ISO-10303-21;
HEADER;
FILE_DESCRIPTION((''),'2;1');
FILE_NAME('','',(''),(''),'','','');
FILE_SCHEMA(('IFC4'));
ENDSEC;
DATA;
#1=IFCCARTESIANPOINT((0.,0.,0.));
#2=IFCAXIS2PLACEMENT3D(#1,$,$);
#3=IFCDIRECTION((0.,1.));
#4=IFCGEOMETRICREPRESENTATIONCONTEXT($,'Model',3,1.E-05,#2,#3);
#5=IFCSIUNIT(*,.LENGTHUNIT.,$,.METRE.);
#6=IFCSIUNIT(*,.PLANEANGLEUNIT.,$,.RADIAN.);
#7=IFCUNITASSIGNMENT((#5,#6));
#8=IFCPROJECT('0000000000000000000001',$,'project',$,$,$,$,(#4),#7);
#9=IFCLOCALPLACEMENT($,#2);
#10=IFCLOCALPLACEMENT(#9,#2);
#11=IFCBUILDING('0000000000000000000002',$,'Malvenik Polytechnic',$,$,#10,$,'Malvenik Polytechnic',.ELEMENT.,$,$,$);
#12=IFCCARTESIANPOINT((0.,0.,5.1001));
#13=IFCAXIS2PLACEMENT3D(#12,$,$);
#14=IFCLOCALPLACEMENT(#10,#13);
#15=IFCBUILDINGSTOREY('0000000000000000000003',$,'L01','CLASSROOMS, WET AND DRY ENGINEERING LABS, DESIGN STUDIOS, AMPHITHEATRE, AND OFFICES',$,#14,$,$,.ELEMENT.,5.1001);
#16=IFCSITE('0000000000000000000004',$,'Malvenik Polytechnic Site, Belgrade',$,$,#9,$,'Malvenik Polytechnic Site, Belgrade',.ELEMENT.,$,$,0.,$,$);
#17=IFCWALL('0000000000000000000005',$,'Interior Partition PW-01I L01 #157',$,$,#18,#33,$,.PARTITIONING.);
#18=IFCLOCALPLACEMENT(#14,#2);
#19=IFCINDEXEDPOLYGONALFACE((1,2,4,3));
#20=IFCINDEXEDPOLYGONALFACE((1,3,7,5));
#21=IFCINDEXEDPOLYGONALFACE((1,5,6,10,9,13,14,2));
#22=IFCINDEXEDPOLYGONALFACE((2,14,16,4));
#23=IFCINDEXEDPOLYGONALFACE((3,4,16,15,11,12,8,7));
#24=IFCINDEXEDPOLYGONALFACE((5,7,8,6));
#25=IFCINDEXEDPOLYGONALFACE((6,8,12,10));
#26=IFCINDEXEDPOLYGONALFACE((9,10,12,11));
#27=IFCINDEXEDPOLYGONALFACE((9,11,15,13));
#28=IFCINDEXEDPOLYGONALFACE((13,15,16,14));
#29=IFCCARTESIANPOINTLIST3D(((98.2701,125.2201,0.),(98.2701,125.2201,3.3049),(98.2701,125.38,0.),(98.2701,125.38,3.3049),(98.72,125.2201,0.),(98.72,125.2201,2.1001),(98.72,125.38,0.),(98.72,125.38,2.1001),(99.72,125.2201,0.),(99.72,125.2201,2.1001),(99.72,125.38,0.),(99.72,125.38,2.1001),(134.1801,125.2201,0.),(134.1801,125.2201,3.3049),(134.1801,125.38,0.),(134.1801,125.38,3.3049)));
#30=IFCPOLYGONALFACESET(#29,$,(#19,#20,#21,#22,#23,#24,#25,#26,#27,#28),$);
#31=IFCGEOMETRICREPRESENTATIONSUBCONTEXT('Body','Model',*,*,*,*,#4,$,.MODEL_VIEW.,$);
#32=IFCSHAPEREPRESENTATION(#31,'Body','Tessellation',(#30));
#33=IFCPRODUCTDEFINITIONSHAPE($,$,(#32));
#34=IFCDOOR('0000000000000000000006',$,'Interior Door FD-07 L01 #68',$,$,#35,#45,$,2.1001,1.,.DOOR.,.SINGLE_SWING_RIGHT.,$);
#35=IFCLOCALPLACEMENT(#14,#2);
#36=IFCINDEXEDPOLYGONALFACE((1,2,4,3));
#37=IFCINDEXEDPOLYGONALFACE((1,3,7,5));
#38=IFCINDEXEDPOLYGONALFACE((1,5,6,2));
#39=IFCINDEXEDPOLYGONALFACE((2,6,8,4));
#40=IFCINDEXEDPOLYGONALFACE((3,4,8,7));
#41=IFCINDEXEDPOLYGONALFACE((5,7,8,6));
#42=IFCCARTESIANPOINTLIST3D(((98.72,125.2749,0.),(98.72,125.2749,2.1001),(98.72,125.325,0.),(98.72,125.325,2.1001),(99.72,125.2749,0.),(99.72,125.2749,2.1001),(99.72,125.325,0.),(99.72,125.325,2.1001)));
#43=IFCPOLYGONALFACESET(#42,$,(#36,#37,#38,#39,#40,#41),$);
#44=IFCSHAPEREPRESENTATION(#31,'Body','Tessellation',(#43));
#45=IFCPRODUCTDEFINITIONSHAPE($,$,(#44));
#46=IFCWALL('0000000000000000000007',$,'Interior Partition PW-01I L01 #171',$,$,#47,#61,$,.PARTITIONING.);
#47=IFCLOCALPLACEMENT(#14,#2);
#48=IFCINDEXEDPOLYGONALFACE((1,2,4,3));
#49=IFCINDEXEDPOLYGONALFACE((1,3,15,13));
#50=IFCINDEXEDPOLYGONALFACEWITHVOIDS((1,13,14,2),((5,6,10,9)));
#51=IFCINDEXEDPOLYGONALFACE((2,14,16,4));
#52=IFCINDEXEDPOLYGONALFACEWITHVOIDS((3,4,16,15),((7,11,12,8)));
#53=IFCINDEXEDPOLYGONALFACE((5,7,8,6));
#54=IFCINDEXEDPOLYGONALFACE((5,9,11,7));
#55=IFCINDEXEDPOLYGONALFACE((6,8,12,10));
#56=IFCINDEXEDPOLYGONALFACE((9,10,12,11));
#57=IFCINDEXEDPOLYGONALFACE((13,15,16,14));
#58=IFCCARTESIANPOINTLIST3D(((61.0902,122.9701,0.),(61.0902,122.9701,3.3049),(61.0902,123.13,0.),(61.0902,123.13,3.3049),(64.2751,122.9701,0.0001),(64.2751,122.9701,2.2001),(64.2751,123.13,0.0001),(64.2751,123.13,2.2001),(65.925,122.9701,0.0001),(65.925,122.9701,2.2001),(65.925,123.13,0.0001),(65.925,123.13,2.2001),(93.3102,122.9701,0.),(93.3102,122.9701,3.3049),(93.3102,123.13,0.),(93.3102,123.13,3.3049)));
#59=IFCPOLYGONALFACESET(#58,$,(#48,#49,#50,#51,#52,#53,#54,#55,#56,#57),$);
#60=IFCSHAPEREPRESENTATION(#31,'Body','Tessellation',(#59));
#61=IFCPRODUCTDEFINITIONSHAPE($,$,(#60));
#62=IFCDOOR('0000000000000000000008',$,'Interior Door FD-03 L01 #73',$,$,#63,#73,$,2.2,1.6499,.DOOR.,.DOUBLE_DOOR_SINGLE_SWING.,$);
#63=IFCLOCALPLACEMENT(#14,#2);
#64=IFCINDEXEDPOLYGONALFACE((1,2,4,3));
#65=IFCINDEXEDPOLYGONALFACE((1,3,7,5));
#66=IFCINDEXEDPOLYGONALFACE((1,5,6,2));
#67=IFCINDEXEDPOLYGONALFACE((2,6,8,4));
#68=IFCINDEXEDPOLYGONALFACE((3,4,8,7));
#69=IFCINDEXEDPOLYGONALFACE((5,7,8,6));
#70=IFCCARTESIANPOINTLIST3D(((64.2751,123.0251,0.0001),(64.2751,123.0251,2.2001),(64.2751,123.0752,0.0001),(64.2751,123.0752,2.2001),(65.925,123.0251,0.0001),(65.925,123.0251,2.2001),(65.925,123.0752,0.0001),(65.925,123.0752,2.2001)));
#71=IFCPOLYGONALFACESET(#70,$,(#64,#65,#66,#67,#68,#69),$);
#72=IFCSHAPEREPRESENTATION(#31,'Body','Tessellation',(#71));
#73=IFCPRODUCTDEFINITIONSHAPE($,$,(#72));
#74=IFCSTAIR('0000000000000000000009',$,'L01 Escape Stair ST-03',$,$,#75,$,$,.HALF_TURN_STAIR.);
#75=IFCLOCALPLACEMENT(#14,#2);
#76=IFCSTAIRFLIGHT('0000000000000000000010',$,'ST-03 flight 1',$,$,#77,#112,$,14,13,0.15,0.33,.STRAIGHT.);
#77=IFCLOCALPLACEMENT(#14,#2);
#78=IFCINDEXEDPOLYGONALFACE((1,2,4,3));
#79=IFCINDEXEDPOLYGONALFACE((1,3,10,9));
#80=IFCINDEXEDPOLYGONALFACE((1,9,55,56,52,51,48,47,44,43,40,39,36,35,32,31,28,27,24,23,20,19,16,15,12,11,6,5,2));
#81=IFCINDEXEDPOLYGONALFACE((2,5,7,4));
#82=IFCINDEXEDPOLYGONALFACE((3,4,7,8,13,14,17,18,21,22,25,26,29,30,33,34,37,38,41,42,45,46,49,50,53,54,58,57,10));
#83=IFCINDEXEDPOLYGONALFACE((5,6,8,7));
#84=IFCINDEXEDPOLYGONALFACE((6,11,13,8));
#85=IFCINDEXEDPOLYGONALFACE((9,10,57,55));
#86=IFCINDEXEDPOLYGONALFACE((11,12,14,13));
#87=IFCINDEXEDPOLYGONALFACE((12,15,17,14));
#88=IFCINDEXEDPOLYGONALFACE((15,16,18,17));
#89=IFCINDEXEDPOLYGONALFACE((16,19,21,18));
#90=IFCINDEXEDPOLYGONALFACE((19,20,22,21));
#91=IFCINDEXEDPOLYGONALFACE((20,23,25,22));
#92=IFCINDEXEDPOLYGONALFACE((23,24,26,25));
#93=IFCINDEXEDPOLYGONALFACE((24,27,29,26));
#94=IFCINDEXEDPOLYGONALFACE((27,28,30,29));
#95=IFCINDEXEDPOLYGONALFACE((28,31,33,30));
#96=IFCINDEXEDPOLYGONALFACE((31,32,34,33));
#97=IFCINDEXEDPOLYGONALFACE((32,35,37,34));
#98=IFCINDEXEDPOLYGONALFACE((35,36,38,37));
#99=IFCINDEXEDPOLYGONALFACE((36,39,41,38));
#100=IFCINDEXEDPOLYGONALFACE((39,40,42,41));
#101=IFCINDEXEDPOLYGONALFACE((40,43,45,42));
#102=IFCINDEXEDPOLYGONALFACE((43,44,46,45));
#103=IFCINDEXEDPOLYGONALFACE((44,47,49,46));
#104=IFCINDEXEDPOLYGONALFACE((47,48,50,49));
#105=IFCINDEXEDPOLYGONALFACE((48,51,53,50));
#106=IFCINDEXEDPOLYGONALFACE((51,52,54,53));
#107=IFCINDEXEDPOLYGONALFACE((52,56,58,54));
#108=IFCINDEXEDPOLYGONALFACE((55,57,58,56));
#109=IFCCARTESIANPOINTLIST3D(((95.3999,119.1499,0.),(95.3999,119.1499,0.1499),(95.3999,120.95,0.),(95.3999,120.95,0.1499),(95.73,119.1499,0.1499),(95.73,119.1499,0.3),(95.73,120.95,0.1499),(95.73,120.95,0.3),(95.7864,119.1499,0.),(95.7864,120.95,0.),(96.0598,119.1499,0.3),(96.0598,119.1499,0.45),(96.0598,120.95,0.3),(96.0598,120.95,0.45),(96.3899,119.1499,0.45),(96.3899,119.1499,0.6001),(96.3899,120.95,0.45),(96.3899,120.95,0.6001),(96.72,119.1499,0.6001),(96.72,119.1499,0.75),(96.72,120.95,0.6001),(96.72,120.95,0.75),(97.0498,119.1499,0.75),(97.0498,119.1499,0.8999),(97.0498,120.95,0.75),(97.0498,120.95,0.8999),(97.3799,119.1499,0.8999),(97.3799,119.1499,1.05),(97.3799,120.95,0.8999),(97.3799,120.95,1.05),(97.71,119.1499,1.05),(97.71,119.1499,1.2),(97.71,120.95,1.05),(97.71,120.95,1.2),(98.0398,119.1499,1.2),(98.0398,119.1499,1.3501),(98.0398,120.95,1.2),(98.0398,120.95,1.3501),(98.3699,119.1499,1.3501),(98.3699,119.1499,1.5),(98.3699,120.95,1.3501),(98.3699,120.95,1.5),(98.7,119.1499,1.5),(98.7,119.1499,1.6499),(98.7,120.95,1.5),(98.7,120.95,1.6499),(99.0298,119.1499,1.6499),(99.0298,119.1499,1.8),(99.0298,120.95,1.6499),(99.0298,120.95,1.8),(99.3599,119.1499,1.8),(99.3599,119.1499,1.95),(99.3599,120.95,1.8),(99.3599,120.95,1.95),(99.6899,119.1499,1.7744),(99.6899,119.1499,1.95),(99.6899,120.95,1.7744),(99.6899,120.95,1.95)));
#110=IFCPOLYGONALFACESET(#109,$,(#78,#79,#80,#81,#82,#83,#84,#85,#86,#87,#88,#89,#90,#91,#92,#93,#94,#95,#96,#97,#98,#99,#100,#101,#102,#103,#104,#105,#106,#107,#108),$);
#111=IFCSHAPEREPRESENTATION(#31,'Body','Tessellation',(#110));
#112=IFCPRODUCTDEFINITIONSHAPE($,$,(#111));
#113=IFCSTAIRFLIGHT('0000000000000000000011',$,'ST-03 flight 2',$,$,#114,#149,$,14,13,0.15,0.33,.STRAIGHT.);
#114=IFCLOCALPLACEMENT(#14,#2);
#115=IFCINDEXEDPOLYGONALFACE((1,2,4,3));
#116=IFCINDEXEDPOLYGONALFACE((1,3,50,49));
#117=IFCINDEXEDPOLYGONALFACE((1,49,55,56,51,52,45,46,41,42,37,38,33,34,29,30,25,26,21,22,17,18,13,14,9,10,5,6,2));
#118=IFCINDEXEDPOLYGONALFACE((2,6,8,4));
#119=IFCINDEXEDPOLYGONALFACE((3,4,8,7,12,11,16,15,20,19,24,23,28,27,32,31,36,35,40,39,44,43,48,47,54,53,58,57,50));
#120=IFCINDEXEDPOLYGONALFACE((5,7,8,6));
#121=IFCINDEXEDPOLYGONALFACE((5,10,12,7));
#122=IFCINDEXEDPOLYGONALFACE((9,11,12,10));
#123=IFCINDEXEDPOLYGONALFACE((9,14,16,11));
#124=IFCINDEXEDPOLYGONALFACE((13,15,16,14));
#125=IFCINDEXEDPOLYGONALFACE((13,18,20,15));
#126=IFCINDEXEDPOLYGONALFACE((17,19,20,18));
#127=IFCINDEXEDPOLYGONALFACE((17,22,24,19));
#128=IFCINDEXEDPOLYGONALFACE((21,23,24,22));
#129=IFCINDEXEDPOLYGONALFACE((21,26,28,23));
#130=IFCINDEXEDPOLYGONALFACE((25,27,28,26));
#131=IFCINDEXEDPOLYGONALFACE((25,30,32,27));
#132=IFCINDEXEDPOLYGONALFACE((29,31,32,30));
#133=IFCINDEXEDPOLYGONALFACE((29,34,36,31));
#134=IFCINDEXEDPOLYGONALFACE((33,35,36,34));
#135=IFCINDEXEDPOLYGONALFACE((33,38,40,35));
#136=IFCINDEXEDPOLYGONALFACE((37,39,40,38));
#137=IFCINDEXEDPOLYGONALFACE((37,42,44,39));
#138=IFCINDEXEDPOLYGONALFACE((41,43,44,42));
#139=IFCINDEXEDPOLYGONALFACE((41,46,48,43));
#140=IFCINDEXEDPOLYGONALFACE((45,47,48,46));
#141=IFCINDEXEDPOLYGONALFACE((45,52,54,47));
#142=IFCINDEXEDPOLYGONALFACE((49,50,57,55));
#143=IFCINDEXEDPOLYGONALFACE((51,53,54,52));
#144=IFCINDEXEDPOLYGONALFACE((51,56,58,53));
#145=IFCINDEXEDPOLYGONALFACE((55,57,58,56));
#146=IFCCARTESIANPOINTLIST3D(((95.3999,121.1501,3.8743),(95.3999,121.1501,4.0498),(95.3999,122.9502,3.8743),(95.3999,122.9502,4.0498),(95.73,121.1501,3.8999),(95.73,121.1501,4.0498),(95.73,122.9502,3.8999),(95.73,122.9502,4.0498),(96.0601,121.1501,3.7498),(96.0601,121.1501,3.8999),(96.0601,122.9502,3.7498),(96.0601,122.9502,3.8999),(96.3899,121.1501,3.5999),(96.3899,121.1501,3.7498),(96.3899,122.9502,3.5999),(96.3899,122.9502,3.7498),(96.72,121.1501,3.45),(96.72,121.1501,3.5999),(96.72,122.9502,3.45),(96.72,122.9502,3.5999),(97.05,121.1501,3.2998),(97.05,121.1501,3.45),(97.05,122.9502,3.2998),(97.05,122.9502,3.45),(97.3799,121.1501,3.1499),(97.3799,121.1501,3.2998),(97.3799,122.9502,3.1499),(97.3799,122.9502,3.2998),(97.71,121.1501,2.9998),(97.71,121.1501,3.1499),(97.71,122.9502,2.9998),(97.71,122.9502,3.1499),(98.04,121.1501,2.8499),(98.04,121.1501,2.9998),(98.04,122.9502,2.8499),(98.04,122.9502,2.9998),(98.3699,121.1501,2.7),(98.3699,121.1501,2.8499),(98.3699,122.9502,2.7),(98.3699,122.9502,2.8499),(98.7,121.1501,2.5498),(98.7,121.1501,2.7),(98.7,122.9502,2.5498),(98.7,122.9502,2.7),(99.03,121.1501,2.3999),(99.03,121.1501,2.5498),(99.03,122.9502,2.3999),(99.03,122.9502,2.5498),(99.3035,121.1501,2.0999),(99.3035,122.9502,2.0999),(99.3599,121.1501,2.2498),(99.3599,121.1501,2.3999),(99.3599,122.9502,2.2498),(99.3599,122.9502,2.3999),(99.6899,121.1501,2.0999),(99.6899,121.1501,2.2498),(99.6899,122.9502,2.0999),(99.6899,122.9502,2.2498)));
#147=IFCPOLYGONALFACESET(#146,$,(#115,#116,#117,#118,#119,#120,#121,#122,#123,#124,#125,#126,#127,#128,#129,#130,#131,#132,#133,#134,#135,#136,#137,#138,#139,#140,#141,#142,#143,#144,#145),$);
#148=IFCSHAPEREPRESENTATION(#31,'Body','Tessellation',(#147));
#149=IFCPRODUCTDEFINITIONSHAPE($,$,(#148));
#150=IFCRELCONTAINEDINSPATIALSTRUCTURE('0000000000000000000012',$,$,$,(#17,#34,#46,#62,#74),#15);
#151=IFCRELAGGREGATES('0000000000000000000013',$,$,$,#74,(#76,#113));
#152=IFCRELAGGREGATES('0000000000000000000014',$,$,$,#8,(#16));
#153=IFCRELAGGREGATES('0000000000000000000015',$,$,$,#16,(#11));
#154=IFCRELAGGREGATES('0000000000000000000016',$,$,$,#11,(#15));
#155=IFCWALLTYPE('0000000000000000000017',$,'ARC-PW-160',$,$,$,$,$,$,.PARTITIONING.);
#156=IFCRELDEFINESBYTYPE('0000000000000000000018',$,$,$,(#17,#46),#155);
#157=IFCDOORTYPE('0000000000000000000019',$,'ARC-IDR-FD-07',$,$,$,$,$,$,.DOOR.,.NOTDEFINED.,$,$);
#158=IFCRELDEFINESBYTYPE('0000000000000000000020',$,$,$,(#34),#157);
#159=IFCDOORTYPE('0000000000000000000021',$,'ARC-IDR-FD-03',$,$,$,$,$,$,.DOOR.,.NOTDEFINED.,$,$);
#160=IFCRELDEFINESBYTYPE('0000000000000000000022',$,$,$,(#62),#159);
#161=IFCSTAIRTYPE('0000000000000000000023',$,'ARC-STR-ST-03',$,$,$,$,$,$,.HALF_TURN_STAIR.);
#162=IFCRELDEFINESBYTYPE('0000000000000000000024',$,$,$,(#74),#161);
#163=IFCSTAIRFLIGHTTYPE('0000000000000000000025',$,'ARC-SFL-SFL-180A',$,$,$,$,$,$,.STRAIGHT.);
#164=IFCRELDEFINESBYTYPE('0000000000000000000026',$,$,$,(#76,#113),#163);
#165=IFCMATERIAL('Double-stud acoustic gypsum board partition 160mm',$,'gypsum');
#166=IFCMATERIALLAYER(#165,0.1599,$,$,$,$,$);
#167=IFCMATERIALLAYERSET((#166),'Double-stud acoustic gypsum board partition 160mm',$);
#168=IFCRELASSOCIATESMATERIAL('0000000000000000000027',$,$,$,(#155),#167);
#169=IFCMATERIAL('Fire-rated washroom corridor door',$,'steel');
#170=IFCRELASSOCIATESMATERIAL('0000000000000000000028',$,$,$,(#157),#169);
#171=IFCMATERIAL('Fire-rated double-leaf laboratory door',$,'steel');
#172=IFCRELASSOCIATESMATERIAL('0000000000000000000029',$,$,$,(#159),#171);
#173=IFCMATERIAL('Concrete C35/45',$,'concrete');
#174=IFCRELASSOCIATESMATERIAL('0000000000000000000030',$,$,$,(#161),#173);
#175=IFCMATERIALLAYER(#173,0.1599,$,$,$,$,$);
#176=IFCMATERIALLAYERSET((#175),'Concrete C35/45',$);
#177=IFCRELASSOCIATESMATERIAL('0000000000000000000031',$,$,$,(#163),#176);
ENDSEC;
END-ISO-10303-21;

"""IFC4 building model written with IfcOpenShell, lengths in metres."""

from ifc_helpers import new_model, si_unit, direction, frame, frame_2d, origin, place, context, subcontext, project, spatial, polyline, rectangle, outline, extrude, material, layer, layer_set, type_object, element, fill, aggregate, save


model = new_model("IFC4")

# Units and contexts
model_context = context("Model", 3, precision=1e-05, world=origin(), true_north=direction((0.0, 1.0)))
body_context = subcontext(model_context, "Body", "Model", "MODEL_VIEW")
ifc_project = project(units=[si_unit("LENGTHUNIT", "METRE"), si_unit("PLANEANGLEUNIT", "RADIAN")], contexts=[model_context])

# Site, building, storey
site_placement = place(None, origin())
site = spatial("IfcSite", under=ifc_project, at=site_placement, Name="Malvenik Polytechnic Site, Belgrade", LongName="Malvenik Polytechnic Site, Belgrade", CompositionType="ELEMENT", RefElevation=0.0)
building_placement = place(site_placement, origin())
building = spatial("IfcBuilding", under=site, at=building_placement, Name="Malvenik Polytechnic", LongName="Malvenik Polytechnic", CompositionType="ELEMENT")
storey_placement = place(building_placement, frame((0.0, 0.0, 5.1001)))
storey = spatial("IfcBuildingStorey", under=building, at=storey_placement, Name="L01", Description="CLASSROOMS, WET AND DRY ENGINEERING LABS, DESIGN STUDIOS, AMPHITHEATRE, AND OFFICES", CompositionType="ELEMENT", Elevation=5.1001)

# Shared definitions
ifc_material_1 = material(Name="Concrete C35/45", Category="concrete")

# Walls, openings, doors
ifc_material_2 = material(Name="Double-stud acoustic gypsum board partition 160mm", Category="gypsum")
ifc_layer_1 = layer(ifc_material_2, 0.1599)
ifc_layer_set_1 = layer_set([ifc_layer_1], Name="Double-stud acoustic gypsum board partition 160mm")
wall_type_1 = type_object("IfcWallType", Name="ARC-PW-160", PredefinedType="PARTITIONING", material=ifc_layer_set_1)
wall_1_placement = place(storey_placement, frame((98.27, 125.3, 0.0), z_axis=(0.0, 0.0, 1.0), x_axis=(1.0, 0.0, 0.0)))
wall_1 = element("IfcWall", 1, at=wall_1_placement, inside=storey, type_object=wall_type_1, Name="Interior Partition PW-01I L01 #157", PredefinedType="PARTITIONING", context=body_context, shape_type="SweptSolid", body=[
    extrude(rectangle(XDim=35.9099, YDim=0.1599, at=frame_2d((17.9551, 0.0))), origin(), (0.0, 0.0, 1.0), 3.3049),
])
opening_1_placement = place(wall_1_placement, frame((0.45, 0.0, 0.0)))
opening_1 = element("IfcOpeningElement", 2, at=opening_1_placement, cuts=wall_1, PredefinedType="OPENING", context=body_context, shape_type="SweptSolid", body=[
    extrude(rectangle(XDim=1.0, YDim=2.1001, at=frame_2d((0.5, 1.05))), frame((0.0, 0.0898, 0.0), z_axis=(0.0, -1.0, 0.0), x_axis=(1.0, 0.0, 0.0)), (0.0, 0.0, 1.0), 0.1799),
])
ifc_material_3 = material(Name="Fire-rated washroom corridor door", Category="steel")
door_type_1 = type_object("IfcDoorType", Name="ARC-IDR-FD-07", OperationType="NOTDEFINED", PredefinedType="DOOR", material=ifc_material_3)
door_1_placement = place(opening_1_placement, origin())
door_1 = element("IfcDoor", 3, at=door_1_placement, inside=storey, type_object=door_type_1, Name="Interior Door FD-07 L01 #68", OperationType="SINGLE_SWING_RIGHT", OverallHeight=2.1001, OverallWidth=1.0, PredefinedType="DOOR", context=body_context, shape_type="SweptSolid", body=[
    extrude(rectangle(XDim=1.0, YDim=2.1001, at=frame_2d((0.5, 1.05))), frame((0.0, 0.0249, 0.0), z_axis=(0.0, -1.0, 0.0), x_axis=(1.0, 0.0, 0.0)), (0.0, 0.0, 1.0), 0.05),
])
fill(opening_1, door_1)
wall_2_placement = place(storey_placement, frame((93.3101, 123.05, 0.0), z_axis=(0.0, 0.0, 1.0), x_axis=(-1.0, 0.0, 0.0)))
wall_2 = element("IfcWall", 4, at=wall_2_placement, inside=storey, type_object=wall_type_1, Name="Interior Partition PW-01I L01 #171", PredefinedType="PARTITIONING", context=body_context, shape_type="SweptSolid", body=[
    extrude(rectangle(XDim=32.22, YDim=0.1599, at=frame_2d((16.1099, 0.0))), origin(), (0.0, 0.0, 1.0), 3.3049),
])
opening_2_placement = place(wall_2_placement, frame((27.385, 0.0, 0.0)))
opening_2 = element("IfcOpeningElement", 5, at=opening_2_placement, cuts=wall_2, PredefinedType="OPENING", context=body_context, shape_type="SweptSolid", body=[
    extrude(rectangle(XDim=1.6499, YDim=2.2, at=frame_2d((0.825, 1.1001))), frame((0.0, 0.0898, 0.0), z_axis=(0.0, -1.0, 0.0), x_axis=(1.0, 0.0, 0.0)), (0.0, 0.0, 1.0), 0.1799),
])
ifc_material_4 = material(Name="Fire-rated double-leaf laboratory door", Category="steel")
door_type_2 = type_object("IfcDoorType", Name="ARC-IDR-FD-03", OperationType="NOTDEFINED", PredefinedType="DOOR", material=ifc_material_4)
door_2_placement = place(opening_2_placement, origin())
door_2 = element("IfcDoor", 6, at=door_2_placement, inside=storey, type_object=door_type_2, Name="Interior Door FD-03 L01 #73", OperationType="DOUBLE_DOOR_SINGLE_SWING", OverallHeight=2.2, OverallWidth=1.6499, PredefinedType="DOOR", context=body_context, shape_type="SweptSolid", body=[
    extrude(rectangle(XDim=1.6499, YDim=2.2, at=frame_2d((0.825, 1.1001))), frame((0.0, 0.0249, 0.0), z_axis=(0.0, -1.0, 0.0), x_axis=(1.0, 0.0, 0.0)), (0.0, 0.0, 1.0), 0.05),
])
fill(opening_2, door_2)

# Stair, stair flights
stair_type = type_object("IfcStairType", Name="ARC-STR-ST-03", PredefinedType="HALF_TURN_STAIR", material=ifc_material_1)
stair_placement = place(storey_placement, origin())
stair = element("IfcStair", 7, at=stair_placement, inside=storey, type_object=stair_type, Name="L01 Escape Stair ST-03", PredefinedType="HALF_TURN_STAIR")
ifc_layer_2 = layer(ifc_material_1, 0.1599)
ifc_layer_set_2 = layer_set([ifc_layer_2], Name="Concrete C35/45")
stair_flight_type = type_object("IfcStairFlightType", Name="ARC-SFL-SFL-180A", PredefinedType="STRAIGHT", material=ifc_layer_set_2)
stair_flight_1_placement = place(storey_placement, frame((95.3999, 120.05, 0.0), z_axis=(0.0, 0.0, 1.0), x_axis=(1.0, 0.0, 0.0)))
stair_flight_1 = element("IfcStairFlight", 8, at=stair_flight_1_placement, type_object=stair_flight_type, Name="ST-03 flight 1", NumberOfRisers=14, NumberOfTreads=13, PredefinedType="STRAIGHT", RiserHeight=0.15, TreadLength=0.33, context=body_context, shape_type="SweptSolid", body=[
    extrude(outline(polyline([(0.0, 0.0), (0.0, 0.1499), (0.3301, 0.1499), (0.3301, 0.3), (0.6599, 0.3), (0.6599, 0.45), (0.99, 0.45), (0.99, 0.6001), (1.3201, 0.6001), (1.3201, 0.75), (1.6499, 0.75), (1.6499, 0.8999), (1.98, 0.8999), (1.98, 1.05), (2.3101, 1.05), (2.3101, 1.2), (2.6399, 1.2), (2.6399, 1.3501), (2.97, 1.3501), (2.97, 1.5), (3.3, 1.5), (3.3, 1.6499), (3.6299, 1.6499), (3.6299, 1.8), (3.96, 1.8), (3.96, 1.95), (4.29, 1.95), (4.29, 2.1001), (4.29, 1.7744), (0.3865, 0.0), (0.0, 0.0)])), frame((0.0, 0.8999, 0.0), z_axis=(0.0, -1.0, 0.0), x_axis=(1.0, 0.0, 0.0)), (0.0, 0.0, 1.0), 1.8),
])
stair_flight_2_placement = place(storey_placement, frame((99.6899, 122.05, 2.0999), z_axis=(0.0, 0.0, 1.0), x_axis=(-1.0, 0.0, 0.0)))
stair_flight_2 = element("IfcStairFlight", 9, at=stair_flight_2_placement, type_object=stair_flight_type, Name="ST-03 flight 2", NumberOfRisers=14, NumberOfTreads=13, PredefinedType="STRAIGHT", RiserHeight=0.15, TreadLength=0.33, context=body_context, shape_type="SweptSolid", body=[
    extrude(outline(polyline([(0.0, 0.0), (0.0, 0.1499), (0.3301, 0.1499), (0.3301, 0.3), (0.6599, 0.3), (0.6599, 0.45), (0.99, 0.45), (0.99, 0.6001), (1.3201, 0.6001), (1.3201, 0.75), (1.6499, 0.75), (1.6499, 0.8999), (1.98, 0.8999), (1.98, 1.05), (2.3101, 1.05), (2.3101, 1.2), (2.6399, 1.2), (2.6399, 1.3501), (2.97, 1.3501), (2.97, 1.5), (3.3, 1.5), (3.3, 1.6499), (3.6299, 1.6499), (3.6299, 1.8), (3.96, 1.8), (3.96, 1.95), (4.29, 1.95), (4.29, 2.1001), (4.29, 1.7744), (0.3865, 0.0), (0.0, 0.0)])), frame((0.0, 0.8999, 0.0), z_axis=(0.0, -1.0, 0.0), x_axis=(1.0, 0.0, 0.0)), (0.0, 0.0, 1.0), 1.8),
])
aggregate(stair, [stair_flight_1, stair_flight_2])

save(model, "model.ifc")
